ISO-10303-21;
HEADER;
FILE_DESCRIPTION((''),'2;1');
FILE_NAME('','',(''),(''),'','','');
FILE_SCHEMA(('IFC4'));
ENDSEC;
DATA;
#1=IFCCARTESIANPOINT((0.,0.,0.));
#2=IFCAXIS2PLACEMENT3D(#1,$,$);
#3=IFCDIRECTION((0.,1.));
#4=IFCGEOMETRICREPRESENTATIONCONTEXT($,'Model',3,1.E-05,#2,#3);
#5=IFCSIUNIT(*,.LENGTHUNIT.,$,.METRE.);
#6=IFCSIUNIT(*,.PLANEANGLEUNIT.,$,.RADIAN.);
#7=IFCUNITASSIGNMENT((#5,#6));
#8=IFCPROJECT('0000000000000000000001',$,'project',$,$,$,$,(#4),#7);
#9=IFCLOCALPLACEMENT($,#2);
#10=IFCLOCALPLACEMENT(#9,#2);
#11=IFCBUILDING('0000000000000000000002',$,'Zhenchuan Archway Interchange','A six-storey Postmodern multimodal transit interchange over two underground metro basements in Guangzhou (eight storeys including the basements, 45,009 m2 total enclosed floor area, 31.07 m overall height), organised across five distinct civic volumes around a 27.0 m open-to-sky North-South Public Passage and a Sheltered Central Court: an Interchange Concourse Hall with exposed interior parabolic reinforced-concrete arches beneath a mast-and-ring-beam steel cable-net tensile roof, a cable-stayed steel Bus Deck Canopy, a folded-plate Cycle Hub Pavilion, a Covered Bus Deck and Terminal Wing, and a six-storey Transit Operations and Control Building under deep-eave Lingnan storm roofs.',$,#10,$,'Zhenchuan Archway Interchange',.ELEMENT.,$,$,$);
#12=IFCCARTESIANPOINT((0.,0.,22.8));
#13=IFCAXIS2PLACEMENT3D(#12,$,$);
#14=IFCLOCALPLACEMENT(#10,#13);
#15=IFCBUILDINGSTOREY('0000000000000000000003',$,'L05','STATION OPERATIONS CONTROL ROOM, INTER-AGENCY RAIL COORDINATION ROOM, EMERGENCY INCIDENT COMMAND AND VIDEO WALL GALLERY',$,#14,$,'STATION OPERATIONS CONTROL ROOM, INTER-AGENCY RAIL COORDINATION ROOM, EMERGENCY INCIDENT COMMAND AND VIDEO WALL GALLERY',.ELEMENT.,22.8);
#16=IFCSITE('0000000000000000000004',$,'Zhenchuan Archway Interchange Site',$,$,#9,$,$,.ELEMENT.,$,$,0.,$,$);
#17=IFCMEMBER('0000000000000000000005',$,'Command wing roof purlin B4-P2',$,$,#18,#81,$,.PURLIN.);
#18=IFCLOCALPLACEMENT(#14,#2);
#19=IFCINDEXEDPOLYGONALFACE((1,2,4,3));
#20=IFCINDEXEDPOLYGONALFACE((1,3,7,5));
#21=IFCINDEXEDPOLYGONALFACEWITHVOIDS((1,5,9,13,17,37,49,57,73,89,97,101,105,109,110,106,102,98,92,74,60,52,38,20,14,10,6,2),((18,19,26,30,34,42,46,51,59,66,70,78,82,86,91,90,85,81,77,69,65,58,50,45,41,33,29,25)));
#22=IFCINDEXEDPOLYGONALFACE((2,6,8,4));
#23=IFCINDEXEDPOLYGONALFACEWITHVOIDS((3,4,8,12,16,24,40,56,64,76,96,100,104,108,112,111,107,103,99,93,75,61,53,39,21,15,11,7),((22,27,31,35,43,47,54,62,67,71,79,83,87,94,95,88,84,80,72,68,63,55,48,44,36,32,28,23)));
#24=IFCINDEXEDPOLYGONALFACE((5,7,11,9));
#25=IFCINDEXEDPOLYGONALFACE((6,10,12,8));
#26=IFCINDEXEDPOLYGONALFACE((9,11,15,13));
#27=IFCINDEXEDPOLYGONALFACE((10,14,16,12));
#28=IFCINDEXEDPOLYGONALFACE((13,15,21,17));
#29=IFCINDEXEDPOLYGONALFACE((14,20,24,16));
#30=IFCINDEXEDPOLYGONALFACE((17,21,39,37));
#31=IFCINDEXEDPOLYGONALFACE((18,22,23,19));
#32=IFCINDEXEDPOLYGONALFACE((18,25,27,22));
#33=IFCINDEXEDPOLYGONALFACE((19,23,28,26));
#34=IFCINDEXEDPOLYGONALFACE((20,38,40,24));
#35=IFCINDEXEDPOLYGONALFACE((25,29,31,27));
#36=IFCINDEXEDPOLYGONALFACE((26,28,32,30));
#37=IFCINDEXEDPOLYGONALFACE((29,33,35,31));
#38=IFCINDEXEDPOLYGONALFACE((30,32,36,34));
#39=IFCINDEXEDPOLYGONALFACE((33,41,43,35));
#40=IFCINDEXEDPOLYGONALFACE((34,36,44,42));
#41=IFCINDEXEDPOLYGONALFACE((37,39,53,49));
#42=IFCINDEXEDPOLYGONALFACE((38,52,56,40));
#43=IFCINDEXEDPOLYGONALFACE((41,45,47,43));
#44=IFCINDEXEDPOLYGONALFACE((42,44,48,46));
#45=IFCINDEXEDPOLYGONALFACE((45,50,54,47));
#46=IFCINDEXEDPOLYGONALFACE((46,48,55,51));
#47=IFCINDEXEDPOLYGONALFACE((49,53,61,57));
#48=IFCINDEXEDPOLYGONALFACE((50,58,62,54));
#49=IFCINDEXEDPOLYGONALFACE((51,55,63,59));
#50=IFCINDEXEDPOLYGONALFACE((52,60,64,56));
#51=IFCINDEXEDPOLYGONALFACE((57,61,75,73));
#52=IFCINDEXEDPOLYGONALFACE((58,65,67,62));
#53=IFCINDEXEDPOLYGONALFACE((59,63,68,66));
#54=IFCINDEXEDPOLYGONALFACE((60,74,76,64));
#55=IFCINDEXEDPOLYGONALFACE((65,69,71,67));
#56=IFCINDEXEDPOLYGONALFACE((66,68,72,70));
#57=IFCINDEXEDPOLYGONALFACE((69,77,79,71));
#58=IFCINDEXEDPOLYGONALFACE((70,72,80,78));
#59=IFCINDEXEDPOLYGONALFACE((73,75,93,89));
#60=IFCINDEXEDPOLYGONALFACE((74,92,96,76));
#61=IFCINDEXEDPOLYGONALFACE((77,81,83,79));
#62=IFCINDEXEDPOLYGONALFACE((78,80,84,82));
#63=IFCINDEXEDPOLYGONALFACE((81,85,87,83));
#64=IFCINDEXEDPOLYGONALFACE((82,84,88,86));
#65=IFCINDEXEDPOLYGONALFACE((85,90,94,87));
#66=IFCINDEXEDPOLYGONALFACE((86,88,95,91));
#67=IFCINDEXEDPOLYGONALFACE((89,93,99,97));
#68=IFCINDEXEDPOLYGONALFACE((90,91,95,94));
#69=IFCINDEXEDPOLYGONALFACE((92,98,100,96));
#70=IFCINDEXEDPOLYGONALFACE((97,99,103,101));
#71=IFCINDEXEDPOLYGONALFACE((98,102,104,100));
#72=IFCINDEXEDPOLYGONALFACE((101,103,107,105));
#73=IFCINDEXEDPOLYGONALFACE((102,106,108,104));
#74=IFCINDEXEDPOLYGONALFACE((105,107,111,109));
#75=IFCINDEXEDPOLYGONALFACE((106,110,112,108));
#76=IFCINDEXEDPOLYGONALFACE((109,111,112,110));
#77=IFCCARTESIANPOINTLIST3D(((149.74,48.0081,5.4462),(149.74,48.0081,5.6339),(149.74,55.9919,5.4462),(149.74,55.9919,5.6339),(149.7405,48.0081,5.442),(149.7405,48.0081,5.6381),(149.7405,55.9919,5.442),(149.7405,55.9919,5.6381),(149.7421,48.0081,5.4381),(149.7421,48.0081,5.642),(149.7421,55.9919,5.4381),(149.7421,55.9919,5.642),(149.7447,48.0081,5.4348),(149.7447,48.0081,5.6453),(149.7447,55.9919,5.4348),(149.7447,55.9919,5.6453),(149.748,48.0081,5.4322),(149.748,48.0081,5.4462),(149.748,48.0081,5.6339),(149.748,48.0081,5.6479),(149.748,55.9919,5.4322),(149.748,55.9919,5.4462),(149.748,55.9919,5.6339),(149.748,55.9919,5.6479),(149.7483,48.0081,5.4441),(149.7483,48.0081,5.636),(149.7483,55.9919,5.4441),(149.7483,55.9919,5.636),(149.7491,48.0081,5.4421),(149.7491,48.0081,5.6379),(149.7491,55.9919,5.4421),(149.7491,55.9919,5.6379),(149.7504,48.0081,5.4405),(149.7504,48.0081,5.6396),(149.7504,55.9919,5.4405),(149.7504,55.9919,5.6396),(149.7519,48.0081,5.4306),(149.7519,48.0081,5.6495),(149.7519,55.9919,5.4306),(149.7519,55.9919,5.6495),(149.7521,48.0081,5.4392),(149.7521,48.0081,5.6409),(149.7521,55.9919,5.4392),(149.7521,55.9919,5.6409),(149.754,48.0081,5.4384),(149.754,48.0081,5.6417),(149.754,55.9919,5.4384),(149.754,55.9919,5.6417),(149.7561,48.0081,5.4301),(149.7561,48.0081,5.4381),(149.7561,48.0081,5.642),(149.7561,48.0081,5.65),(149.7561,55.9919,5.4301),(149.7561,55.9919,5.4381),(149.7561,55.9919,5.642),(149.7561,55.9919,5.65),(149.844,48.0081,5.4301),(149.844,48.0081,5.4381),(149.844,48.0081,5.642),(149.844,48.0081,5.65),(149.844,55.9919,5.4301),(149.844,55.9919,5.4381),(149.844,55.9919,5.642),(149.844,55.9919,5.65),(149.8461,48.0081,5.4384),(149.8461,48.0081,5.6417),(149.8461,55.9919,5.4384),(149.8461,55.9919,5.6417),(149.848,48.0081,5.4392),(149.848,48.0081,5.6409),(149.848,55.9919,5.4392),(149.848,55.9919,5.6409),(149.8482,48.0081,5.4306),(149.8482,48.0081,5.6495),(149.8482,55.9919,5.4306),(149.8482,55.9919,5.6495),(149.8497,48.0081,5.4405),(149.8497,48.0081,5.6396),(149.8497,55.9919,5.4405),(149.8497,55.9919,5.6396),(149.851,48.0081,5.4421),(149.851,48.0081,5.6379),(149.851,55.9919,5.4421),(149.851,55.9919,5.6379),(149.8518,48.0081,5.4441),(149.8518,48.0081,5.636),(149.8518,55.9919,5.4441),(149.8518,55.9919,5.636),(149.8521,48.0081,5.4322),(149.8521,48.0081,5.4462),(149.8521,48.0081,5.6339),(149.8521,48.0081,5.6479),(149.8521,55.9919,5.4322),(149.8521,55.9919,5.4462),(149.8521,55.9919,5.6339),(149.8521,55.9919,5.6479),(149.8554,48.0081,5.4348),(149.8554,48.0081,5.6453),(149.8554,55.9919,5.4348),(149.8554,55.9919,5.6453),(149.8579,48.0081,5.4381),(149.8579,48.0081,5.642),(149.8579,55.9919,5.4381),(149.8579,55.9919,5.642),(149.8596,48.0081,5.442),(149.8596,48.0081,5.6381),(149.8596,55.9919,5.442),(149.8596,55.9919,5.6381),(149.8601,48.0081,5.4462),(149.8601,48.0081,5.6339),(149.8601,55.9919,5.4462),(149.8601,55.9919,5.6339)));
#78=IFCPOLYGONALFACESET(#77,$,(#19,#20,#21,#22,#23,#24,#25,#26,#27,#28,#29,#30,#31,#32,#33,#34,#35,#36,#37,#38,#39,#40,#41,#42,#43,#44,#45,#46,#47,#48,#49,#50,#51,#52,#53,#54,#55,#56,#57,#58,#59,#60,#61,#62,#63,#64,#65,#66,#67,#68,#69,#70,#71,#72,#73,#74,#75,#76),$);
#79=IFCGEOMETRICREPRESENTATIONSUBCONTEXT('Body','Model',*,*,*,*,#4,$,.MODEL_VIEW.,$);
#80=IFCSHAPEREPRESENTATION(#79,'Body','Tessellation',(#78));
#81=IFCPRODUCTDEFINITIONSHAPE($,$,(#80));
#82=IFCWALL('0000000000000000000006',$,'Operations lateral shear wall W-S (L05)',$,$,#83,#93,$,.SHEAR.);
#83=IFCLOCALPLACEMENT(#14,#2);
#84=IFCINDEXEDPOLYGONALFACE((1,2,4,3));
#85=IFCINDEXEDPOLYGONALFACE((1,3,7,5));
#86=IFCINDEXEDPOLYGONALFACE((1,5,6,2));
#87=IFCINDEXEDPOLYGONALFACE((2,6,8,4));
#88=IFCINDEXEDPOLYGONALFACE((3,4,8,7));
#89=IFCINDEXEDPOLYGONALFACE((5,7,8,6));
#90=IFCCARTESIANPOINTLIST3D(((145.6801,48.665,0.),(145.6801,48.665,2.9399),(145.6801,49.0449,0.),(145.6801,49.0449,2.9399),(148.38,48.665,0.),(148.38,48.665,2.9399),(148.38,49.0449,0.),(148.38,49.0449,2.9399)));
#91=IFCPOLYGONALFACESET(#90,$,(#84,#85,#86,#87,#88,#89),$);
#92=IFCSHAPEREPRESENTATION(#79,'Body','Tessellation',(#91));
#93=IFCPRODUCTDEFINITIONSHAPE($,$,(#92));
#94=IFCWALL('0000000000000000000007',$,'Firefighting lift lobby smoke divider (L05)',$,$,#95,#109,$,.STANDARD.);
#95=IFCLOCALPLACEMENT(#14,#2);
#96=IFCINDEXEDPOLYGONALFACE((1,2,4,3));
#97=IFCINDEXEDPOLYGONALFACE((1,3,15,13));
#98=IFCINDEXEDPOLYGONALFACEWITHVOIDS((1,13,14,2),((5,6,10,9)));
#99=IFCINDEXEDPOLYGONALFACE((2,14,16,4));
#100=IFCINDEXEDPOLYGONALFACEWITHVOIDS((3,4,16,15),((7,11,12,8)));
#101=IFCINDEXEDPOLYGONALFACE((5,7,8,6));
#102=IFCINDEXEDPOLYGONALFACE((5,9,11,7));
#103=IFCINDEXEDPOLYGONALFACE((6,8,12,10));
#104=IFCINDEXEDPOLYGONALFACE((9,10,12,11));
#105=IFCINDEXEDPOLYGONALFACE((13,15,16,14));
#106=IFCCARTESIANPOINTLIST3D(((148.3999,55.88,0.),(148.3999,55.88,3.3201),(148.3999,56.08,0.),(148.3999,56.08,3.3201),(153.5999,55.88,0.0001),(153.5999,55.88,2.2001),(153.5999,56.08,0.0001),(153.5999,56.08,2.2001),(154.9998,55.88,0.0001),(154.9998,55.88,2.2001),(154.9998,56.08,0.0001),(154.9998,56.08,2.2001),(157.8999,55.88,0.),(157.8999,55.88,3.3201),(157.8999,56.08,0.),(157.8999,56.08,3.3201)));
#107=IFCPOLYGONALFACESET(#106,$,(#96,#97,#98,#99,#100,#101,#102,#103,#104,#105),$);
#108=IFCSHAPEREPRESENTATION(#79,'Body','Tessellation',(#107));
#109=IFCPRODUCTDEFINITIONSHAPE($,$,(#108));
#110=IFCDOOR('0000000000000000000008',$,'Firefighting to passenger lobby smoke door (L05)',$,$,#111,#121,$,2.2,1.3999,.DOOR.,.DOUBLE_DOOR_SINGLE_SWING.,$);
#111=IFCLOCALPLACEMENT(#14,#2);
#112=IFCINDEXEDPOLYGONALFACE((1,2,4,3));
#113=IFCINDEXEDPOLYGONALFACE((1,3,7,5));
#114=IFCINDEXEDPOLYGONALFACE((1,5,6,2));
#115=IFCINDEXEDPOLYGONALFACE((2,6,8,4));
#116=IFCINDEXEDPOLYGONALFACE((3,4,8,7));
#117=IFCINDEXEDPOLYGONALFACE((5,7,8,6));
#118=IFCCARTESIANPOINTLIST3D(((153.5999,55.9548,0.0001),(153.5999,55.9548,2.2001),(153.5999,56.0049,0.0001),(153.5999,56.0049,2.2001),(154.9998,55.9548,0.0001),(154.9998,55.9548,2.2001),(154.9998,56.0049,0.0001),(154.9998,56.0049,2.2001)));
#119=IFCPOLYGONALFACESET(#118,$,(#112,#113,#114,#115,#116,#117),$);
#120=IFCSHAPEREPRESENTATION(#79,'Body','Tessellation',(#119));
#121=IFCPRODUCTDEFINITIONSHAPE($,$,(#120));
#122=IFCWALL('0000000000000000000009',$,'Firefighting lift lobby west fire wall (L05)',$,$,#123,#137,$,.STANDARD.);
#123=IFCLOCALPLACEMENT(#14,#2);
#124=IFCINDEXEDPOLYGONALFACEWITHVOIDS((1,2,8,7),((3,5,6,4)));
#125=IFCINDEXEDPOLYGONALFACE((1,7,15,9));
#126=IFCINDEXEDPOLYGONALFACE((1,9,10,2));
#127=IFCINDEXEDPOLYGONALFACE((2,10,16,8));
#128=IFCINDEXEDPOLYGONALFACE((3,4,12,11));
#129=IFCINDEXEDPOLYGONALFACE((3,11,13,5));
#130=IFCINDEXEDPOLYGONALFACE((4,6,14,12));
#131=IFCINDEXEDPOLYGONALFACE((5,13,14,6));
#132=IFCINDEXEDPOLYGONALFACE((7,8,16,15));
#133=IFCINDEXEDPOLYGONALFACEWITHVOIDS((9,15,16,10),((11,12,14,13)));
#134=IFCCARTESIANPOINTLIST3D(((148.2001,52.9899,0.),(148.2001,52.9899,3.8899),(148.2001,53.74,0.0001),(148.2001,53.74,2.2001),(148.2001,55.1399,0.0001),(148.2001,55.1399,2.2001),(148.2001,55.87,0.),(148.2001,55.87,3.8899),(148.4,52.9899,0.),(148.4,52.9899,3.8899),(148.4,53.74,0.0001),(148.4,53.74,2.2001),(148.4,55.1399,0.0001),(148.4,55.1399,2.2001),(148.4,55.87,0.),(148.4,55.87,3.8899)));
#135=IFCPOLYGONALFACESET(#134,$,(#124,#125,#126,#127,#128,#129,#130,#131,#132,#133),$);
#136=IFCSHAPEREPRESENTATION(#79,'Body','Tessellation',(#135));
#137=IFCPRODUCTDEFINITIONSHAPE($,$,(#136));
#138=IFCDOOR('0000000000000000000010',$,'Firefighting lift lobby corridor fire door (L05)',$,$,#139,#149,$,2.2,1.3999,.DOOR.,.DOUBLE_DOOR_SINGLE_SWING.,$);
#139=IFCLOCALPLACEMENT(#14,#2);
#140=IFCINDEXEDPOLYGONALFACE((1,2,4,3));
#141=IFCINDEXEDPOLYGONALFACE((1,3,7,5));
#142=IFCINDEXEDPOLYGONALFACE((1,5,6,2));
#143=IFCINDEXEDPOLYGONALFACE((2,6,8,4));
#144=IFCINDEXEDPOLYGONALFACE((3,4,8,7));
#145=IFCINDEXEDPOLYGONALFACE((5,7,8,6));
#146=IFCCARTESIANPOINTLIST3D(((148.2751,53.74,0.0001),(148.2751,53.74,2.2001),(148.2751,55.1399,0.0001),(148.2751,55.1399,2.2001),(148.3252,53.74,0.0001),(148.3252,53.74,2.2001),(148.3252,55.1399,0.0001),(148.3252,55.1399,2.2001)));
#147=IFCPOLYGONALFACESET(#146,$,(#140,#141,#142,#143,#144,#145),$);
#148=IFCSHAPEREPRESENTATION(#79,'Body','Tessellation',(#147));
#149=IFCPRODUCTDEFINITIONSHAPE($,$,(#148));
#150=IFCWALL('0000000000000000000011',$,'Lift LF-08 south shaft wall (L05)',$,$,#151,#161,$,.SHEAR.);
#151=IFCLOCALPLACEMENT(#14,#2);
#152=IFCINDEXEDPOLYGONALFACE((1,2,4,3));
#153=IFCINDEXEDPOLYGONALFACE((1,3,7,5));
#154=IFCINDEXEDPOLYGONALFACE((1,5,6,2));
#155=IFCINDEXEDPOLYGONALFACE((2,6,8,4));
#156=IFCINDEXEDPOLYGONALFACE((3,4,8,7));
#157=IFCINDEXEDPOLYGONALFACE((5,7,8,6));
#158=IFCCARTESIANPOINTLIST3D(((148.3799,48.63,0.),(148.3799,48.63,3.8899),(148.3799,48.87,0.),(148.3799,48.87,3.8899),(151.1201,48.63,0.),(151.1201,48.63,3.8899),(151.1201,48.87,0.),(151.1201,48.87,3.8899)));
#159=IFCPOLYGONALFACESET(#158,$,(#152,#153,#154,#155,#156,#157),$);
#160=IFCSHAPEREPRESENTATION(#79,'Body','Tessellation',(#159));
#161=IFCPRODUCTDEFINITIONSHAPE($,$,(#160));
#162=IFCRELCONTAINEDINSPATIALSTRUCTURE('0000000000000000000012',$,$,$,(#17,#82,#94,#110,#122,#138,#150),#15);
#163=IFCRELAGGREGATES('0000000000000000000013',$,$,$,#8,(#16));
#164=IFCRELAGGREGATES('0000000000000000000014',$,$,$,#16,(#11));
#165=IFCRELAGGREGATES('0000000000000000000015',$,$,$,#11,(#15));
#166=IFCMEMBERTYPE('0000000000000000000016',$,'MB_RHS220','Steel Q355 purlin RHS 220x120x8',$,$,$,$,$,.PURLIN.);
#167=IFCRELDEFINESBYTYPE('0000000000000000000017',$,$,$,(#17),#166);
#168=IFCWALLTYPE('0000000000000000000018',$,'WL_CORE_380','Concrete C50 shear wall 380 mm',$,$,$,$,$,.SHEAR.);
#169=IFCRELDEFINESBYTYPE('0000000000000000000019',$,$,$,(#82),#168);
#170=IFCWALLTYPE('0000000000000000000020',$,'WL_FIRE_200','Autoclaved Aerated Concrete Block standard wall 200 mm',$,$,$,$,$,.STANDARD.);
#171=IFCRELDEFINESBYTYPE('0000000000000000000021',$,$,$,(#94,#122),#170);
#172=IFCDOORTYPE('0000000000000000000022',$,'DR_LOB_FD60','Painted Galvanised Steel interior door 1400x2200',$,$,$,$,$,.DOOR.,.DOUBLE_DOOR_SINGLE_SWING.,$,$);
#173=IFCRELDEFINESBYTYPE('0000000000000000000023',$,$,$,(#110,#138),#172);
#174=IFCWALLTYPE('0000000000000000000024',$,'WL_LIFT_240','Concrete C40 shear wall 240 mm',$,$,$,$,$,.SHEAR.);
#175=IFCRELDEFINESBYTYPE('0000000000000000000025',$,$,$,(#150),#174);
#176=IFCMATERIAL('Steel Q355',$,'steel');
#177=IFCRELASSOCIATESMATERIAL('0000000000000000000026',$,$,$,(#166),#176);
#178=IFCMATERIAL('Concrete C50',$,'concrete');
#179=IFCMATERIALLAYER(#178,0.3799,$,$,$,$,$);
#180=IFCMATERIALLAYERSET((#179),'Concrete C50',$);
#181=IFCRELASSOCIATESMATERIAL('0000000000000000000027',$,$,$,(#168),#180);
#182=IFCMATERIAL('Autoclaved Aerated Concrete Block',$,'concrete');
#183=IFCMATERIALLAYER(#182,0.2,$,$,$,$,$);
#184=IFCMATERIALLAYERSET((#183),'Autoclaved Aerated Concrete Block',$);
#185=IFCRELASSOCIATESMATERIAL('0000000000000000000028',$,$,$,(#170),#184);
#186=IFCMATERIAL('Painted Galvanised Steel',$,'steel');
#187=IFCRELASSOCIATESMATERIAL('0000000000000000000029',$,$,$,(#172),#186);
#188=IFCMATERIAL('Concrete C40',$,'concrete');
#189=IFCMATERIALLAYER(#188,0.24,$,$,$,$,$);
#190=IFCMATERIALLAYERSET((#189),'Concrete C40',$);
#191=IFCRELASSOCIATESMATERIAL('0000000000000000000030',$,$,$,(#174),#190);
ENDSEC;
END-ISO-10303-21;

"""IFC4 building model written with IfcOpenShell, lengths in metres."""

from ifc_helpers import new_model, si_unit, direction, frame, frame_2d, origin, origin_2d, place, context, subcontext, project, spatial, rectangle, hollow_rectangle, extrude, material, layer, layer_set, material_profile, profile_set, type_object, element, fill, save


model = new_model("IFC4")

# Units and contexts
model_context = context("Model", 3, precision=1e-05, world=origin(), true_north=direction((0.0, 1.0)))
body_context = subcontext(model_context, "Body", "Model", "MODEL_VIEW")
ifc_project = project(units=[si_unit("LENGTHUNIT", "METRE"), si_unit("PLANEANGLEUNIT", "RADIAN")], contexts=[model_context])

# Site, building, storey
site_placement = place(None, origin())
site = spatial("IfcSite", under=ifc_project, at=site_placement, Name="Zhenchuan Archway Interchange Site", CompositionType="ELEMENT", RefElevation=0.0)
building_placement = place(site_placement, origin())
building = spatial("IfcBuilding", under=site, at=building_placement, Name="Zhenchuan Archway Interchange", Description="A six-storey Postmodern multimodal transit interchange over two underground metro basements in Guangzhou (eight storeys including the basements, 45,009 m2 total enclosed floor area, 31.07 m overall height), organised across five distinct civic volumes around a 27.0 m open-to-sky North-South Public Passage and a Sheltered Central Court: an Interchange Concourse Hall with exposed interior parabolic reinforced-concrete arches beneath a mast-and-ring-beam steel cable-net tensile roof, a cable-stayed steel Bus Deck Canopy, a folded-plate Cycle Hub Pavilion, a Covered Bus Deck and Terminal Wing, and a six-storey Transit Operations and Control Building under deep-eave Lingnan storm roofs.", LongName="Zhenchuan Archway Interchange", CompositionType="ELEMENT")
storey_placement = place(building_placement, frame((0.0, 0.0, 22.8)))
storey = spatial("IfcBuildingStorey", under=building, at=storey_placement, Name="L05", Description="STATION OPERATIONS CONTROL ROOM, INTER-AGENCY RAIL COORDINATION ROOM, EMERGENCY INCIDENT COMMAND AND VIDEO WALL GALLERY", LongName="STATION OPERATIONS CONTROL ROOM, INTER-AGENCY RAIL COORDINATION ROOM, EMERGENCY INCIDENT COMMAND AND VIDEO WALL GALLERY", CompositionType="ELEMENT", Elevation=22.8)

# Shared definitions
ifc_material_1 = material(Name="Concrete C40", Category="concrete")

# Shared definitions
ifc_material_2 = material(Name="Steel Q355", Category="steel")

# Member
ifc_material_profile_1 = material_profile(ifc_material_2, hollow_rectangle(XDim=0.1201, YDim=0.22, WallThickness=0.0081, InnerFilletRadius=0.0081, OuterFilletRadius=0.0161, at=origin_2d()), Name="RHS 220x120x8")
ifc_profile_set_1 = profile_set([ifc_material_profile_1], Name="Steel Q355")
member_type_1 = type_object("IfcMemberType", Name="MB_RHS220", Description="Steel Q355 purlin RHS 220x120x8", PredefinedType="PURLIN", material=ifc_profile_set_1)
member_1_placement = place(storey_placement, frame((149.8, 48.0081, 5.54), z_axis=(0.0, 1.0, 0.0), x_axis=(-1.0, 0.0, 0.0)))
element("IfcMember", 1, at=member_1_placement, inside=storey, type_object=member_type_1, Name="Command wing roof purlin B4-P2", PredefinedType="PURLIN", context=body_context, shape_type="SweptSolid", body=[
    extrude(hollow_rectangle(XDim=0.1201, YDim=0.22, WallThickness=0.0081, InnerFilletRadius=0.0081, OuterFilletRadius=0.0161, at=origin_2d()), origin(), (0.0, 0.0, 1.0), 7.9839),
])

# Wall
ifc_material_3 = material(Name="Concrete C50", Category="concrete")
ifc_layer_1 = layer(ifc_material_3, 0.3799)
ifc_layer_set_1 = layer_set([ifc_layer_1], Name="Concrete C50")
wall_type_1 = type_object("IfcWallType", Name="WL_CORE_380", Description="Concrete C50 shear wall 380 mm", PredefinedType="SHEAR", material=ifc_layer_set_1)
wall_1_placement = place(storey_placement, frame((145.6799, 48.855, 0.0), z_axis=(0.0, 0.0, 1.0), x_axis=(1.0, 0.0, 0.0)))
element("IfcWall", 2, at=wall_1_placement, inside=storey, type_object=wall_type_1, Name="Operations lateral shear wall W-S (L05)", PredefinedType="SHEAR", context=body_context, shape_type="SweptSolid", body=[
    extrude(rectangle(XDim=2.7, YDim=0.3799, at=frame_2d((1.3501, 0.0))), origin(), (0.0, 0.0, 1.0), 2.9399),
])

# Walls, openings, doors
ifc_material_4 = material(Name="Autoclaved Aerated Concrete Block", Category="concrete")
ifc_layer_2 = layer(ifc_material_4, 0.2)
ifc_layer_set_2 = layer_set([ifc_layer_2], Name="Autoclaved Aerated Concrete Block")
wall_type_2 = type_object("IfcWallType", Name="WL_FIRE_200", Description="Autoclaved Aerated Concrete Block standard wall 200 mm", PredefinedType="STANDARD", material=ifc_layer_set_2)
wall_2_placement = place(storey_placement, frame((148.3999, 55.98, 0.0), z_axis=(0.0, 0.0, 1.0), x_axis=(1.0, 0.0, 0.0)))
wall_2 = element("IfcWall", 3, at=wall_2_placement, inside=storey, type_object=wall_type_2, Name="Firefighting lift lobby smoke divider (L05)", PredefinedType="STANDARD", context=body_context, shape_type="SweptSolid", body=[
    extrude(rectangle(XDim=9.5, YDim=0.2, at=frame_2d((4.75, 0.0))), origin(), (0.0, 0.0, 1.0), 3.3201),
])
opening_1_placement = place(wall_2_placement, frame((5.2, 0.0, 0.0)))
opening_1 = element("IfcOpeningElement", 4, at=opening_1_placement, cuts=wall_2, PredefinedType="OPENING", context=body_context, shape_type="SweptSolid", body=[
    extrude(rectangle(XDim=1.3999, YDim=2.2, at=frame_2d((0.7, 1.1001))), frame((0.0, 0.1118, 0.0), z_axis=(0.0, -1.0, 0.0), x_axis=(1.0, 0.0, 0.0)), (0.0, 0.0, 1.0), 0.2239),
])
ifc_material_5 = material(Name="Painted Galvanised Steel", Category="steel")
door_type_1 = type_object("IfcDoorType", Name="DR_LOB_FD60", Description="Painted Galvanised Steel interior door 1400x2200", OperationType="DOUBLE_DOOR_SINGLE_SWING", PredefinedType="DOOR", material=ifc_material_5)
door_1_placement = place(opening_1_placement, origin())
door_1 = element("IfcDoor", 5, at=door_1_placement, inside=storey, type_object=door_type_1, Name="Firefighting to passenger lobby smoke door (L05)", OperationType="DOUBLE_DOOR_SINGLE_SWING", OverallHeight=2.2, OverallWidth=1.3999, PredefinedType="DOOR", context=body_context, shape_type="SweptSolid", body=[
    extrude(rectangle(XDim=1.3999, YDim=2.2, at=frame_2d((0.7, 1.1001))), frame((0.0, 0.0249, 0.0), z_axis=(0.0, -1.0, 0.0), x_axis=(1.0, 0.0, 0.0)), (0.0, 0.0, 1.0), 0.05),
])
fill(opening_1, door_1)
wall_3_placement = place(storey_placement, frame((148.3, 52.99, 0.0), z_axis=(0.0, 0.0, 1.0), x_axis=(0.0, 1.0, 0.0)))
wall_3 = element("IfcWall", 6, at=wall_3_placement, inside=storey, type_object=wall_type_2, Name="Firefighting lift lobby west fire wall (L05)", PredefinedType="STANDARD", context=body_context, shape_type="SweptSolid", body=[
    extrude(rectangle(XDim=2.8801, YDim=0.2, at=frame_2d((1.4399, 0.0))), origin(), (0.0, 0.0, 1.0), 3.8899),
])
opening_2_placement = place(wall_3_placement, frame((0.75, 0.0, 0.0)))
opening_2 = element("IfcOpeningElement", 7, at=opening_2_placement, cuts=wall_3, PredefinedType="OPENING", context=body_context, shape_type="SweptSolid", body=[
    extrude(rectangle(XDim=1.3999, YDim=2.2, at=frame_2d((0.7, 1.1001))), frame((0.0, 0.1118, 0.0), z_axis=(0.0, -1.0, 0.0), x_axis=(1.0, 0.0, 0.0)), (0.0, 0.0, 1.0), 0.2239),
])
door_2_placement = place(opening_2_placement, origin())
door_2 = element("IfcDoor", 8, at=door_2_placement, inside=storey, type_object=door_type_1, Name="Firefighting lift lobby corridor fire door (L05)", OperationType="DOUBLE_DOOR_SINGLE_SWING", OverallHeight=2.2, OverallWidth=1.3999, PredefinedType="DOOR", context=body_context, shape_type="SweptSolid", body=[
    extrude(rectangle(XDim=1.3999, YDim=2.2, at=frame_2d((0.7, 1.1001))), frame((0.0, 0.0249, 0.0), z_axis=(0.0, -1.0, 0.0), x_axis=(1.0, 0.0, 0.0)), (0.0, 0.0, 1.0), 0.05),
])
fill(opening_2, door_2)

# Wall
ifc_layer_3 = layer(ifc_material_1, 0.24)
ifc_layer_set_3 = layer_set([ifc_layer_3], Name="Concrete C40")
wall_type_3 = type_object("IfcWallType", Name="WL_LIFT_240", Description="Concrete C40 shear wall 240 mm", PredefinedType="SHEAR", material=ifc_layer_set_3)
wall_4_placement = place(storey_placement, frame((148.3799, 48.75, 0.0), z_axis=(0.0, 0.0, 1.0), x_axis=(1.0, 0.0, 0.0)))
element("IfcWall", 9, at=wall_4_placement, inside=storey, type_object=wall_type_3, Name="Lift LF-08 south shaft wall (L05)", PredefinedType="SHEAR", context=body_context, shape_type="SweptSolid", body=[
    extrude(rectangle(XDim=2.7402, YDim=0.24, at=frame_2d((1.3701, 0.0))), origin(), (0.0, 0.0, 1.0), 3.8899),
])

save(model, "model.ifc")
